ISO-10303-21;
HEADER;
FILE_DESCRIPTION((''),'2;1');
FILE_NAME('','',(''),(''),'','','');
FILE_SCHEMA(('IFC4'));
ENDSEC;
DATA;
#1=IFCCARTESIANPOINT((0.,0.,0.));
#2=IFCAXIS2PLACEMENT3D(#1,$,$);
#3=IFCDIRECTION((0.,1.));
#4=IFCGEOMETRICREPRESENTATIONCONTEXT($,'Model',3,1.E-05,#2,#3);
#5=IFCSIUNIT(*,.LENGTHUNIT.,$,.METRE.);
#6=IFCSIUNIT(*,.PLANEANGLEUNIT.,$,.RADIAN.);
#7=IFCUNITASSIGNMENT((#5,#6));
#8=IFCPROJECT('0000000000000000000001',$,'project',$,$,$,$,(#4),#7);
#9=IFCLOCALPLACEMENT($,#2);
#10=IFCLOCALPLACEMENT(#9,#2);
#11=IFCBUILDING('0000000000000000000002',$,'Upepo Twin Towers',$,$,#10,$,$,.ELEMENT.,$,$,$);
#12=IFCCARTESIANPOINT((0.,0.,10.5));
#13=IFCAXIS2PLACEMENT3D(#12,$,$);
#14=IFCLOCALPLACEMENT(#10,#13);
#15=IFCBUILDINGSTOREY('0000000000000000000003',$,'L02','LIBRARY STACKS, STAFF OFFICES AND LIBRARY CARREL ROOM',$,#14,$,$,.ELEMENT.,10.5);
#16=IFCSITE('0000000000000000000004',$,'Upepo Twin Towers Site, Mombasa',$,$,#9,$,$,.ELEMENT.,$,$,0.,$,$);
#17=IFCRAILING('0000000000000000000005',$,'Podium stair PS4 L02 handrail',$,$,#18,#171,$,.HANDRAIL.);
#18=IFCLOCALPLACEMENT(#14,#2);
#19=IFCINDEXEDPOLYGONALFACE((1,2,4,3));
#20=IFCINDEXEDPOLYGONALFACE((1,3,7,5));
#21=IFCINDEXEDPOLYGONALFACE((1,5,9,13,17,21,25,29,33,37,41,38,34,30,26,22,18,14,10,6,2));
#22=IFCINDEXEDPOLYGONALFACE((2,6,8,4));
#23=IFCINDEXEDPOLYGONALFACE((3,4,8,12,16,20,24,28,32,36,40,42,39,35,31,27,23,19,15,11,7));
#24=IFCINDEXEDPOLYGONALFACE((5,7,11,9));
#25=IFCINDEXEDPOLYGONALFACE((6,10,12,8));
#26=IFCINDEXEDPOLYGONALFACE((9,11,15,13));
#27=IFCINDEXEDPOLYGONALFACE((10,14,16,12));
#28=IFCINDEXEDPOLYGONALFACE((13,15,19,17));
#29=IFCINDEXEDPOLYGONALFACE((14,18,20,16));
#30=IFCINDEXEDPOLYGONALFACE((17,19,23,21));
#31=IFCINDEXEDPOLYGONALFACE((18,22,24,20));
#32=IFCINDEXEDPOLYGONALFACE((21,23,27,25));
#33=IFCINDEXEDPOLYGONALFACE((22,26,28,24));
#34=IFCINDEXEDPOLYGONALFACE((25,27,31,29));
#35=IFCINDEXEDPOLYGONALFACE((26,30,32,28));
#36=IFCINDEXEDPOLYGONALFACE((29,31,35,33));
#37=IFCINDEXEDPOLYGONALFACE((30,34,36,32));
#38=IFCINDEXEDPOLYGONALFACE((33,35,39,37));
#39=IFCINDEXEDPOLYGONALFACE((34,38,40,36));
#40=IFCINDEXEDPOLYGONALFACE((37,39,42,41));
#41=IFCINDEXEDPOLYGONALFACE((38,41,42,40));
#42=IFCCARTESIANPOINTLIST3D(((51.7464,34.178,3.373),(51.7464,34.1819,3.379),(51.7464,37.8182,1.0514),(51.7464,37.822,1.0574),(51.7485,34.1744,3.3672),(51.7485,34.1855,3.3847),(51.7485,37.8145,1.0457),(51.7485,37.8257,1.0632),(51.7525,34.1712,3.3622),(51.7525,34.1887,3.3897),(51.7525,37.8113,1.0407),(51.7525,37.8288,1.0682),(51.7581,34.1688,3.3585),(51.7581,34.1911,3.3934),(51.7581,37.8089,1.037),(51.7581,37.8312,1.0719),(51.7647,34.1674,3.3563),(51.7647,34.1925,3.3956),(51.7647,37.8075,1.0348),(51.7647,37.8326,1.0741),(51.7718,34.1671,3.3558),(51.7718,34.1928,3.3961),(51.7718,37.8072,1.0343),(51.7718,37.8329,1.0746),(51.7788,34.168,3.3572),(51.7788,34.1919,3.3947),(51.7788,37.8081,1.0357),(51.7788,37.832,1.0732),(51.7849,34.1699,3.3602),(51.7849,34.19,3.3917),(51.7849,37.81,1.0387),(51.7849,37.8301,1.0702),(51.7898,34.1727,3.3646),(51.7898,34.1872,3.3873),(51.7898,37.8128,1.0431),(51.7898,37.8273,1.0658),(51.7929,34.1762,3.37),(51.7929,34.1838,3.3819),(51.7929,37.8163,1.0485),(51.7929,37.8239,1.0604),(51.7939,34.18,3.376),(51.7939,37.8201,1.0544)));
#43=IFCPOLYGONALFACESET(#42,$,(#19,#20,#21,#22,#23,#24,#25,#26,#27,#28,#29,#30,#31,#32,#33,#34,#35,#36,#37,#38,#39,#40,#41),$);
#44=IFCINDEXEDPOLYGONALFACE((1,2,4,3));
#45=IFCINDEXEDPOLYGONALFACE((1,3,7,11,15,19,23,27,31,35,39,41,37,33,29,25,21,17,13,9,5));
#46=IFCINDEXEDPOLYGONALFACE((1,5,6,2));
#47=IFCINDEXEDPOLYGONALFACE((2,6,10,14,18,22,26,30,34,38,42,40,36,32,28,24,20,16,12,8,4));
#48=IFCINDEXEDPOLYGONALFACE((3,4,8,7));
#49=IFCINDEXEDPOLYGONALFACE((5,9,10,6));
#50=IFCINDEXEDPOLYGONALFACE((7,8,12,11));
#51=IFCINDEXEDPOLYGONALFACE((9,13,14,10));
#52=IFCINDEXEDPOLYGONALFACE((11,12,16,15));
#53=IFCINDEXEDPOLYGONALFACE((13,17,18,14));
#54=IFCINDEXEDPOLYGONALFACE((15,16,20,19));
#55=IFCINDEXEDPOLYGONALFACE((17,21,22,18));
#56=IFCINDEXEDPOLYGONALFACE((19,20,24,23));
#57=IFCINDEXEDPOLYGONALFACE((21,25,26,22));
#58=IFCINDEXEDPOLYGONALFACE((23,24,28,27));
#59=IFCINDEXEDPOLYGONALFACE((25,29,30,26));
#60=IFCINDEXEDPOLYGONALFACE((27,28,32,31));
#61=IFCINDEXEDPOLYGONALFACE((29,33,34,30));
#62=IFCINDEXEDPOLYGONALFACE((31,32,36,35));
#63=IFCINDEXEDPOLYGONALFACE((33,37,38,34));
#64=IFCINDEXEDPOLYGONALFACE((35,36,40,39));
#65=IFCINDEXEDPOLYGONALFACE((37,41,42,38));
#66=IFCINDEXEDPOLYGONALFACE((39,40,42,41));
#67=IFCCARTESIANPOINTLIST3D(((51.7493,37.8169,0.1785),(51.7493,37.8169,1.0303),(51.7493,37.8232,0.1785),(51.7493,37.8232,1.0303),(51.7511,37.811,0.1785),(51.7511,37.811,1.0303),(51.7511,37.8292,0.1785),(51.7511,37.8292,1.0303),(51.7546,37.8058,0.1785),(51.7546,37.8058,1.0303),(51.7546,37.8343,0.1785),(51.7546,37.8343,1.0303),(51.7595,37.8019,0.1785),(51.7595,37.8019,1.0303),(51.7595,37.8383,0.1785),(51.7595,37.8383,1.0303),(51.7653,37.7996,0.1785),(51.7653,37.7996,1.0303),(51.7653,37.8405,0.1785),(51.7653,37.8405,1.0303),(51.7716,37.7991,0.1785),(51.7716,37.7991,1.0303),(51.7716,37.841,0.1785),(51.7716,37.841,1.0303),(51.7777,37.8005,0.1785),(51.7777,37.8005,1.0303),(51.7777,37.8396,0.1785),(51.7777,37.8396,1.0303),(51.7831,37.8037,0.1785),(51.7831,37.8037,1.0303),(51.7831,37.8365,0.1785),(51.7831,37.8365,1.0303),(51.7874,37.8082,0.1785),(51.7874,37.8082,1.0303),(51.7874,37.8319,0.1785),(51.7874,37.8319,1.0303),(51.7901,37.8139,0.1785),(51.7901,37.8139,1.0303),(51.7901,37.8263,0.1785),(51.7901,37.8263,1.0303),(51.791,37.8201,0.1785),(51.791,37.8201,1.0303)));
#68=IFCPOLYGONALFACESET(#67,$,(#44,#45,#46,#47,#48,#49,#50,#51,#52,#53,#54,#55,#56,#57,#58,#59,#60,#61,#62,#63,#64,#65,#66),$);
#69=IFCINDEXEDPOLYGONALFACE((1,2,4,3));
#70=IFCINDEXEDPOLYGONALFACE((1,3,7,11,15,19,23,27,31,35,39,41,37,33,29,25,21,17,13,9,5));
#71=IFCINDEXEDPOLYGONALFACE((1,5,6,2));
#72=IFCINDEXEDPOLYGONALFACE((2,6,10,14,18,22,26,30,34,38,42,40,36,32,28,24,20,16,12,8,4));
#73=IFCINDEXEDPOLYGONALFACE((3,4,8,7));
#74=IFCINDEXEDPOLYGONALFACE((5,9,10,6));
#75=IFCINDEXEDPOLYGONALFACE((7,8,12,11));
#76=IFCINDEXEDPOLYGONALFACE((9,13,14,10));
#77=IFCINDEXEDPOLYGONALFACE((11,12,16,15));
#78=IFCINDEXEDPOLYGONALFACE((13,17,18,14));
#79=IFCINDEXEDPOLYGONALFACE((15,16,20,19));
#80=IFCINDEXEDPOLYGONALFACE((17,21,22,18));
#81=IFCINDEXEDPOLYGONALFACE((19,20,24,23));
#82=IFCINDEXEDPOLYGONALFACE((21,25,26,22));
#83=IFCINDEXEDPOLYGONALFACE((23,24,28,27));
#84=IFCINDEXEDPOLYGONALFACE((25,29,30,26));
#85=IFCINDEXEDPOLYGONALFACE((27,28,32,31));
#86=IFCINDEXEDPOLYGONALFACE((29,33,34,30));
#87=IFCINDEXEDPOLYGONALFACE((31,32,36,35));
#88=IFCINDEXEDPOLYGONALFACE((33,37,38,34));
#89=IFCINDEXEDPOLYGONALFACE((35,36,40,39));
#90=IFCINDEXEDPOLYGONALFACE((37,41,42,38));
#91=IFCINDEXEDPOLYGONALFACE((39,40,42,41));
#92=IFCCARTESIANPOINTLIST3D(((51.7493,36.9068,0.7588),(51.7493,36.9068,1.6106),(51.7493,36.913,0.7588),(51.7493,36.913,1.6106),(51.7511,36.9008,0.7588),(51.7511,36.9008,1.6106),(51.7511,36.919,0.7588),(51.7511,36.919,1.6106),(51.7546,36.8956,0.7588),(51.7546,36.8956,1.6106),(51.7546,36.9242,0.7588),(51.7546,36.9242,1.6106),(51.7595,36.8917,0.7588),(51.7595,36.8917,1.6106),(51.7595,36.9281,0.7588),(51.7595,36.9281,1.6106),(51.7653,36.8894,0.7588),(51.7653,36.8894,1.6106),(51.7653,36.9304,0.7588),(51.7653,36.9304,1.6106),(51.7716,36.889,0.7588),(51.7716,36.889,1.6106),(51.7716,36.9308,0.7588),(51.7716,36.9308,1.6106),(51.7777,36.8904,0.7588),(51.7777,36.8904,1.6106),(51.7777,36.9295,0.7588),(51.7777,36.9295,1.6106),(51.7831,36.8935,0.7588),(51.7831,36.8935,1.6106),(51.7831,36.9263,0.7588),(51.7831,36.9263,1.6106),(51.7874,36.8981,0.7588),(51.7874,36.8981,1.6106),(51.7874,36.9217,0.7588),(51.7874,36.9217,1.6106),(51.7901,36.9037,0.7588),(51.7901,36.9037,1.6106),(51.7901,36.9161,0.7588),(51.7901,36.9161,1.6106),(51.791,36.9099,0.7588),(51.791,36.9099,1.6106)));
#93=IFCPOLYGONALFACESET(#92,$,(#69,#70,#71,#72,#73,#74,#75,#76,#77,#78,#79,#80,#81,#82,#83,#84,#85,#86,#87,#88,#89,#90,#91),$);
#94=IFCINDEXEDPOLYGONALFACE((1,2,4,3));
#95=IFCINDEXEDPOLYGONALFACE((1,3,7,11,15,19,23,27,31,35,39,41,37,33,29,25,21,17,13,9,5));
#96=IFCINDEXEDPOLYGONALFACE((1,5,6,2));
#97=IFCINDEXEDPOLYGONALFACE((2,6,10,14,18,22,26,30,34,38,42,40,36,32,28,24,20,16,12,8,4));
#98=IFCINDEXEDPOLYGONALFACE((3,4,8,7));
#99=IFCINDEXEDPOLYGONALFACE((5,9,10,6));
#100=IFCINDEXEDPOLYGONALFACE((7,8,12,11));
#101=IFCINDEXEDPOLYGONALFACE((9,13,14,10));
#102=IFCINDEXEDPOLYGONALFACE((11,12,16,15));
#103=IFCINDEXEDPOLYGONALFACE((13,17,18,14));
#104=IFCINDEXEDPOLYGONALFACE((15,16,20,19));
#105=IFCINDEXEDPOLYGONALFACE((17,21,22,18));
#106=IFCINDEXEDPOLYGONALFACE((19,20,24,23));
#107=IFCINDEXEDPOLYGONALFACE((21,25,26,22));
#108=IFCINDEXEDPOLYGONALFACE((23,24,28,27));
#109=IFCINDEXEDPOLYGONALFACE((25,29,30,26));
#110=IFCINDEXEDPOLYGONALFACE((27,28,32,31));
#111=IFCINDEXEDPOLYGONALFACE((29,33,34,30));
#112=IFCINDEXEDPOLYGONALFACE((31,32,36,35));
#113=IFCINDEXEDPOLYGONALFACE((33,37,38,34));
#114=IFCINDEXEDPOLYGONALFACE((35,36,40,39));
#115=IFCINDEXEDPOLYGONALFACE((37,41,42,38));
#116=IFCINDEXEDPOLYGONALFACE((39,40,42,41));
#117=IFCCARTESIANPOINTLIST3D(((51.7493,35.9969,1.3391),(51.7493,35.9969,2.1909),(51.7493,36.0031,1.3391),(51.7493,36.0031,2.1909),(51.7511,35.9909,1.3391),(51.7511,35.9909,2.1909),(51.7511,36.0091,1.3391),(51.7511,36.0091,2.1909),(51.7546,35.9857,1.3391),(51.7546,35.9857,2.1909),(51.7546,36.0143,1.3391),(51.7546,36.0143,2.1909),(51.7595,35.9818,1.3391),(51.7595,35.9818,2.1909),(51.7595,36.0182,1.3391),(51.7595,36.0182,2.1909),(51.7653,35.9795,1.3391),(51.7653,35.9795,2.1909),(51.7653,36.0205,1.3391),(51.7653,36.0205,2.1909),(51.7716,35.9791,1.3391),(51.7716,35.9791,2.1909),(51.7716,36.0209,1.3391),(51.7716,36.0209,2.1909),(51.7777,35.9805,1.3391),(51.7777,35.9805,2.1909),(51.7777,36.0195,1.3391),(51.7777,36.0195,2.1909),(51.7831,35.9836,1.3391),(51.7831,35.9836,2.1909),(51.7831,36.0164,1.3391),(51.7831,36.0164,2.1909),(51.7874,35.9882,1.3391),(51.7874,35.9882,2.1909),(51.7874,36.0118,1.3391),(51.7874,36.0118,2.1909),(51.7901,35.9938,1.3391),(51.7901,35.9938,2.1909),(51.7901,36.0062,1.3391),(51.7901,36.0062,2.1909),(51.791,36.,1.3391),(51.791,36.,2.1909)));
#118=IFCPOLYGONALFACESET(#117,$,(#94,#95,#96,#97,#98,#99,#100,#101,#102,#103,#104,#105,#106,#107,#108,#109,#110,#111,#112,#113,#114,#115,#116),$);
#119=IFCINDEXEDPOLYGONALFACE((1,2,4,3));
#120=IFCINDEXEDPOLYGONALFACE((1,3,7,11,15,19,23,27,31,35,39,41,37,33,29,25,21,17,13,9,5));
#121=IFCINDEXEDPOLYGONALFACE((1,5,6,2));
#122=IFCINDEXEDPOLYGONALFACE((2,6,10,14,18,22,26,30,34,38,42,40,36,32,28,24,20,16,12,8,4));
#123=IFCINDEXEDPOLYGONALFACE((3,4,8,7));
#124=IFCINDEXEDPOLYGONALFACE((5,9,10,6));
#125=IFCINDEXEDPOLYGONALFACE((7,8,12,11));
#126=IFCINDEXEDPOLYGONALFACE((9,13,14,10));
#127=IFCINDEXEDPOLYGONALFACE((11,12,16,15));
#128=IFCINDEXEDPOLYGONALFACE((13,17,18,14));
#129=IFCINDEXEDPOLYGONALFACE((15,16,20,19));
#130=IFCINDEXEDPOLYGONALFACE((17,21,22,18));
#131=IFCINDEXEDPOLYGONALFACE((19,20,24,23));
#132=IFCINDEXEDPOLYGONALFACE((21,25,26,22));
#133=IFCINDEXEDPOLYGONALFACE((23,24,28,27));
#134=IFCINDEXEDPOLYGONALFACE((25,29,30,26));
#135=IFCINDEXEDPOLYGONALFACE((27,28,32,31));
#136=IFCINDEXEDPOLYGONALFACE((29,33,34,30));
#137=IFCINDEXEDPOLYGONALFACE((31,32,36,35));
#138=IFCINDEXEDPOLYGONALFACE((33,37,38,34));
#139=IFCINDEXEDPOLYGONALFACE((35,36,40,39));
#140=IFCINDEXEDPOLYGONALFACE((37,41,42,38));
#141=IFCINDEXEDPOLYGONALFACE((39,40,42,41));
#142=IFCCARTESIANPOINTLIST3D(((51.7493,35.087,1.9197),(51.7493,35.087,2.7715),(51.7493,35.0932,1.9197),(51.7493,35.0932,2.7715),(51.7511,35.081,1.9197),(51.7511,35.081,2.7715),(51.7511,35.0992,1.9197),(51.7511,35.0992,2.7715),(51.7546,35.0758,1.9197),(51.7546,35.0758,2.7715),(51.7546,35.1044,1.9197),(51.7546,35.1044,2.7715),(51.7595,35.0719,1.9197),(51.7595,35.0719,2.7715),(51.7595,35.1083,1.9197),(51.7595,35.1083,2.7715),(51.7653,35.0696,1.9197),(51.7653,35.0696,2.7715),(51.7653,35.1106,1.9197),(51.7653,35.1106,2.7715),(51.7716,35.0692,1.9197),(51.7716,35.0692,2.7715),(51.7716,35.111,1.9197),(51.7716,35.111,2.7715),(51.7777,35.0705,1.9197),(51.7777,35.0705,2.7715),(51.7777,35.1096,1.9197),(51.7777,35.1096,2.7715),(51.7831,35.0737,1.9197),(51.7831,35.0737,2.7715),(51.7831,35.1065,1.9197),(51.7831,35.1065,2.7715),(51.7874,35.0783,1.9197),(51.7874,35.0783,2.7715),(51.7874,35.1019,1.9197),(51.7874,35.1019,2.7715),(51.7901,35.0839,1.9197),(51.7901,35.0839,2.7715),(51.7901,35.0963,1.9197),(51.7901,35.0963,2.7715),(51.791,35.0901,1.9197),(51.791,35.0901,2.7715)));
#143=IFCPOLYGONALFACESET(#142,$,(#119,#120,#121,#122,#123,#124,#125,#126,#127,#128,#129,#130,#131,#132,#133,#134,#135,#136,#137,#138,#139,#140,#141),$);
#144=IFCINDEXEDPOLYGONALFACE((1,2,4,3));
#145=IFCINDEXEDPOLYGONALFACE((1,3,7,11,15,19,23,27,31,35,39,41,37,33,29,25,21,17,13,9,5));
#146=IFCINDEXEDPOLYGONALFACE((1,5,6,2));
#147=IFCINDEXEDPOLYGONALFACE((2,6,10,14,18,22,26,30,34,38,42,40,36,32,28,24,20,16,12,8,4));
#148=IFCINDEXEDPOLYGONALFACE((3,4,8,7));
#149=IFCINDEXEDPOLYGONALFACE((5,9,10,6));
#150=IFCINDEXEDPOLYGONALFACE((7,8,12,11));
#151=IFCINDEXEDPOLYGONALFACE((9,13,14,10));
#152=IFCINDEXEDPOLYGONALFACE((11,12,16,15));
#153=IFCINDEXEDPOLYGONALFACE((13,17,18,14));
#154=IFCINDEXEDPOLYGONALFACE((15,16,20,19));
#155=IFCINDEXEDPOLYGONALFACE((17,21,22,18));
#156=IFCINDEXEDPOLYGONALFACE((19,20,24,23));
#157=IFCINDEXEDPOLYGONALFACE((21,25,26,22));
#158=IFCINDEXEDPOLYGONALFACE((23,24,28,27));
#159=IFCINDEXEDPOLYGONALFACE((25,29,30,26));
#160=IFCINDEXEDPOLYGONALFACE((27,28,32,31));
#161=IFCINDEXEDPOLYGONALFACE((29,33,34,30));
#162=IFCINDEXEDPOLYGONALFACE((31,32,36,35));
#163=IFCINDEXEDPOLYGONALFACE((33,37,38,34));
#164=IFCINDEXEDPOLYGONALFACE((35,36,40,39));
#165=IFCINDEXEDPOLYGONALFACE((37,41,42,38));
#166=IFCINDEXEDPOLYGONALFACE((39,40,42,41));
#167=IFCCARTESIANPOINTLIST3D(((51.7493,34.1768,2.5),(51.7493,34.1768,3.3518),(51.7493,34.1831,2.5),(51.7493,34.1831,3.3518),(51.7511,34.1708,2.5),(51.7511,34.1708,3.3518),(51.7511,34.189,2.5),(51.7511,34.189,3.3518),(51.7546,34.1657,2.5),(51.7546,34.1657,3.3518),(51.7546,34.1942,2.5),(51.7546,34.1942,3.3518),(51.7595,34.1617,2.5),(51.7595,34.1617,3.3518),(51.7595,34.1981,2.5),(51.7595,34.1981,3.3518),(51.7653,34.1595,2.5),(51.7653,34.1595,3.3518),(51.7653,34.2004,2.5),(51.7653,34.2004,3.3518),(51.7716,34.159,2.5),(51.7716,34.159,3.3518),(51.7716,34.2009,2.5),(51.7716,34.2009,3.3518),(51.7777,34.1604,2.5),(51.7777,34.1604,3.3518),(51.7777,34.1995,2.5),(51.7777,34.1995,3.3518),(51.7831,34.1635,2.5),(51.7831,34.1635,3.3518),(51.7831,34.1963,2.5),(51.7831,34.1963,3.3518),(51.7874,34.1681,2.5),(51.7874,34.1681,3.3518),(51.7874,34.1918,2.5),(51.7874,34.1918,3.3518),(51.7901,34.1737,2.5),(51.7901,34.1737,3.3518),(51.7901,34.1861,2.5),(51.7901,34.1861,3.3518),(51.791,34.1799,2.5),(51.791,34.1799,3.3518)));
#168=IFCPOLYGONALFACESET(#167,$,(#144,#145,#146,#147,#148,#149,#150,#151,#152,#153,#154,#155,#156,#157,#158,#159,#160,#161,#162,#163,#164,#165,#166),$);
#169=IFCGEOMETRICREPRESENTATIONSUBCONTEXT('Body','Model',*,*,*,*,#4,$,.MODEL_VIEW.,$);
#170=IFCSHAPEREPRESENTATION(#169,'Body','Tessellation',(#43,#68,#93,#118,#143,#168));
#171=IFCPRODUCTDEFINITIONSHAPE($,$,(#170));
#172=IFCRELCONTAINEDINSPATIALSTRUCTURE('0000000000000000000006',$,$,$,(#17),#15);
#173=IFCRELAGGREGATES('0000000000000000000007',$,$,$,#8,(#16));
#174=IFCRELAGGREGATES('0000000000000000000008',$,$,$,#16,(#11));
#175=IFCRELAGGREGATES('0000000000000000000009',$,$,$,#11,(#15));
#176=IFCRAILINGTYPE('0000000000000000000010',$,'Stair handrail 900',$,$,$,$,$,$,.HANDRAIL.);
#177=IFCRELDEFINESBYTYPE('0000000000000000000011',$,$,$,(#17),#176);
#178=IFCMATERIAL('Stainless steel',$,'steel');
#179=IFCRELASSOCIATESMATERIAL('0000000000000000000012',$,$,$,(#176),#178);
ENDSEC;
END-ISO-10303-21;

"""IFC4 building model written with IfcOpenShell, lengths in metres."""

from ifc_helpers import new_model, si_unit, direction, frame, origin, origin_2d, place, context, subcontext, project, spatial, circle, extrude, material, type_object, element, save


model = new_model("IFC4")

# Units and contexts
model_context = context("Model", 3, precision=1e-05, world=origin(), true_north=direction((0.0, 1.0)))
body_context = subcontext(model_context, "Body", "Model", "MODEL_VIEW")
ifc_project = project(units=[si_unit("LENGTHUNIT", "METRE"), si_unit("PLANEANGLEUNIT", "RADIAN")], contexts=[model_context])

# Site, building, storey
site_placement = place(None, origin())
site = spatial("IfcSite", under=ifc_project, at=site_placement, Name="Upepo Twin Towers Site, Mombasa", CompositionType="ELEMENT", RefElevation=0.0)
building_placement = place(site_placement, origin())
building = spatial("IfcBuilding", under=site, at=building_placement, Name="Upepo Twin Towers", CompositionType="ELEMENT")
storey_placement = place(building_placement, frame((0.0, 0.0, 10.5)))
storey = spatial("IfcBuildingStorey", under=building, at=storey_placement, Name="L02", Description="LIBRARY STACKS, STAFF OFFICES AND LIBRARY CARREL ROOM", CompositionType="ELEMENT", Elevation=10.5)

# Railing
ifc_material_1 = material(Name="Stainless steel", Category="steel")
railing_type = type_object("IfcRailingType", Name="Stair handrail 900", PredefinedType="HANDRAIL", material=ifc_material_1)
railing_placement = place(storey_placement, frame((51.77, 37.8201, 0.1785)))
element("IfcRailing", 1, at=railing_placement, inside=storey, type_object=railing_type, Name="Podium stair PS4 L02 handrail", PredefinedType="HANDRAIL", context=body_context, shape_type="SweptSolid", body=[
    extrude(circle(Radius=0.0239, at=origin_2d()), frame((0.0, 0.0, 0.876), z_axis=(0.0, -0.843128, 0.537713), x_axis=(1.0, 0.0, 0.0)), (0.0, 0.0, 1.0), 4.3174),
    extrude(circle(Radius=0.021, at=origin_2d()), origin(), (0.0, 0.0, 1.0), 0.8518),
    extrude(circle(Radius=0.021, at=origin_2d()), frame((0.0, -0.9102, 0.5803)), (0.0, 0.0, 1.0), 0.8518),
    extrude(circle(Radius=0.021, at=origin_2d()), frame((0.0, -1.8201, 1.1606)), (0.0, 0.0, 1.0), 0.8518),
    extrude(circle(Radius=0.021, at=origin_2d()), frame((0.0, -2.73, 1.7412)), (0.0, 0.0, 1.0), 0.8518),
    extrude(circle(Radius=0.021, at=origin_2d()), frame((0.0, -3.6401, 2.3215)), (0.0, 0.0, 1.0), 0.8518),
])

save(model, "model.ifc")
